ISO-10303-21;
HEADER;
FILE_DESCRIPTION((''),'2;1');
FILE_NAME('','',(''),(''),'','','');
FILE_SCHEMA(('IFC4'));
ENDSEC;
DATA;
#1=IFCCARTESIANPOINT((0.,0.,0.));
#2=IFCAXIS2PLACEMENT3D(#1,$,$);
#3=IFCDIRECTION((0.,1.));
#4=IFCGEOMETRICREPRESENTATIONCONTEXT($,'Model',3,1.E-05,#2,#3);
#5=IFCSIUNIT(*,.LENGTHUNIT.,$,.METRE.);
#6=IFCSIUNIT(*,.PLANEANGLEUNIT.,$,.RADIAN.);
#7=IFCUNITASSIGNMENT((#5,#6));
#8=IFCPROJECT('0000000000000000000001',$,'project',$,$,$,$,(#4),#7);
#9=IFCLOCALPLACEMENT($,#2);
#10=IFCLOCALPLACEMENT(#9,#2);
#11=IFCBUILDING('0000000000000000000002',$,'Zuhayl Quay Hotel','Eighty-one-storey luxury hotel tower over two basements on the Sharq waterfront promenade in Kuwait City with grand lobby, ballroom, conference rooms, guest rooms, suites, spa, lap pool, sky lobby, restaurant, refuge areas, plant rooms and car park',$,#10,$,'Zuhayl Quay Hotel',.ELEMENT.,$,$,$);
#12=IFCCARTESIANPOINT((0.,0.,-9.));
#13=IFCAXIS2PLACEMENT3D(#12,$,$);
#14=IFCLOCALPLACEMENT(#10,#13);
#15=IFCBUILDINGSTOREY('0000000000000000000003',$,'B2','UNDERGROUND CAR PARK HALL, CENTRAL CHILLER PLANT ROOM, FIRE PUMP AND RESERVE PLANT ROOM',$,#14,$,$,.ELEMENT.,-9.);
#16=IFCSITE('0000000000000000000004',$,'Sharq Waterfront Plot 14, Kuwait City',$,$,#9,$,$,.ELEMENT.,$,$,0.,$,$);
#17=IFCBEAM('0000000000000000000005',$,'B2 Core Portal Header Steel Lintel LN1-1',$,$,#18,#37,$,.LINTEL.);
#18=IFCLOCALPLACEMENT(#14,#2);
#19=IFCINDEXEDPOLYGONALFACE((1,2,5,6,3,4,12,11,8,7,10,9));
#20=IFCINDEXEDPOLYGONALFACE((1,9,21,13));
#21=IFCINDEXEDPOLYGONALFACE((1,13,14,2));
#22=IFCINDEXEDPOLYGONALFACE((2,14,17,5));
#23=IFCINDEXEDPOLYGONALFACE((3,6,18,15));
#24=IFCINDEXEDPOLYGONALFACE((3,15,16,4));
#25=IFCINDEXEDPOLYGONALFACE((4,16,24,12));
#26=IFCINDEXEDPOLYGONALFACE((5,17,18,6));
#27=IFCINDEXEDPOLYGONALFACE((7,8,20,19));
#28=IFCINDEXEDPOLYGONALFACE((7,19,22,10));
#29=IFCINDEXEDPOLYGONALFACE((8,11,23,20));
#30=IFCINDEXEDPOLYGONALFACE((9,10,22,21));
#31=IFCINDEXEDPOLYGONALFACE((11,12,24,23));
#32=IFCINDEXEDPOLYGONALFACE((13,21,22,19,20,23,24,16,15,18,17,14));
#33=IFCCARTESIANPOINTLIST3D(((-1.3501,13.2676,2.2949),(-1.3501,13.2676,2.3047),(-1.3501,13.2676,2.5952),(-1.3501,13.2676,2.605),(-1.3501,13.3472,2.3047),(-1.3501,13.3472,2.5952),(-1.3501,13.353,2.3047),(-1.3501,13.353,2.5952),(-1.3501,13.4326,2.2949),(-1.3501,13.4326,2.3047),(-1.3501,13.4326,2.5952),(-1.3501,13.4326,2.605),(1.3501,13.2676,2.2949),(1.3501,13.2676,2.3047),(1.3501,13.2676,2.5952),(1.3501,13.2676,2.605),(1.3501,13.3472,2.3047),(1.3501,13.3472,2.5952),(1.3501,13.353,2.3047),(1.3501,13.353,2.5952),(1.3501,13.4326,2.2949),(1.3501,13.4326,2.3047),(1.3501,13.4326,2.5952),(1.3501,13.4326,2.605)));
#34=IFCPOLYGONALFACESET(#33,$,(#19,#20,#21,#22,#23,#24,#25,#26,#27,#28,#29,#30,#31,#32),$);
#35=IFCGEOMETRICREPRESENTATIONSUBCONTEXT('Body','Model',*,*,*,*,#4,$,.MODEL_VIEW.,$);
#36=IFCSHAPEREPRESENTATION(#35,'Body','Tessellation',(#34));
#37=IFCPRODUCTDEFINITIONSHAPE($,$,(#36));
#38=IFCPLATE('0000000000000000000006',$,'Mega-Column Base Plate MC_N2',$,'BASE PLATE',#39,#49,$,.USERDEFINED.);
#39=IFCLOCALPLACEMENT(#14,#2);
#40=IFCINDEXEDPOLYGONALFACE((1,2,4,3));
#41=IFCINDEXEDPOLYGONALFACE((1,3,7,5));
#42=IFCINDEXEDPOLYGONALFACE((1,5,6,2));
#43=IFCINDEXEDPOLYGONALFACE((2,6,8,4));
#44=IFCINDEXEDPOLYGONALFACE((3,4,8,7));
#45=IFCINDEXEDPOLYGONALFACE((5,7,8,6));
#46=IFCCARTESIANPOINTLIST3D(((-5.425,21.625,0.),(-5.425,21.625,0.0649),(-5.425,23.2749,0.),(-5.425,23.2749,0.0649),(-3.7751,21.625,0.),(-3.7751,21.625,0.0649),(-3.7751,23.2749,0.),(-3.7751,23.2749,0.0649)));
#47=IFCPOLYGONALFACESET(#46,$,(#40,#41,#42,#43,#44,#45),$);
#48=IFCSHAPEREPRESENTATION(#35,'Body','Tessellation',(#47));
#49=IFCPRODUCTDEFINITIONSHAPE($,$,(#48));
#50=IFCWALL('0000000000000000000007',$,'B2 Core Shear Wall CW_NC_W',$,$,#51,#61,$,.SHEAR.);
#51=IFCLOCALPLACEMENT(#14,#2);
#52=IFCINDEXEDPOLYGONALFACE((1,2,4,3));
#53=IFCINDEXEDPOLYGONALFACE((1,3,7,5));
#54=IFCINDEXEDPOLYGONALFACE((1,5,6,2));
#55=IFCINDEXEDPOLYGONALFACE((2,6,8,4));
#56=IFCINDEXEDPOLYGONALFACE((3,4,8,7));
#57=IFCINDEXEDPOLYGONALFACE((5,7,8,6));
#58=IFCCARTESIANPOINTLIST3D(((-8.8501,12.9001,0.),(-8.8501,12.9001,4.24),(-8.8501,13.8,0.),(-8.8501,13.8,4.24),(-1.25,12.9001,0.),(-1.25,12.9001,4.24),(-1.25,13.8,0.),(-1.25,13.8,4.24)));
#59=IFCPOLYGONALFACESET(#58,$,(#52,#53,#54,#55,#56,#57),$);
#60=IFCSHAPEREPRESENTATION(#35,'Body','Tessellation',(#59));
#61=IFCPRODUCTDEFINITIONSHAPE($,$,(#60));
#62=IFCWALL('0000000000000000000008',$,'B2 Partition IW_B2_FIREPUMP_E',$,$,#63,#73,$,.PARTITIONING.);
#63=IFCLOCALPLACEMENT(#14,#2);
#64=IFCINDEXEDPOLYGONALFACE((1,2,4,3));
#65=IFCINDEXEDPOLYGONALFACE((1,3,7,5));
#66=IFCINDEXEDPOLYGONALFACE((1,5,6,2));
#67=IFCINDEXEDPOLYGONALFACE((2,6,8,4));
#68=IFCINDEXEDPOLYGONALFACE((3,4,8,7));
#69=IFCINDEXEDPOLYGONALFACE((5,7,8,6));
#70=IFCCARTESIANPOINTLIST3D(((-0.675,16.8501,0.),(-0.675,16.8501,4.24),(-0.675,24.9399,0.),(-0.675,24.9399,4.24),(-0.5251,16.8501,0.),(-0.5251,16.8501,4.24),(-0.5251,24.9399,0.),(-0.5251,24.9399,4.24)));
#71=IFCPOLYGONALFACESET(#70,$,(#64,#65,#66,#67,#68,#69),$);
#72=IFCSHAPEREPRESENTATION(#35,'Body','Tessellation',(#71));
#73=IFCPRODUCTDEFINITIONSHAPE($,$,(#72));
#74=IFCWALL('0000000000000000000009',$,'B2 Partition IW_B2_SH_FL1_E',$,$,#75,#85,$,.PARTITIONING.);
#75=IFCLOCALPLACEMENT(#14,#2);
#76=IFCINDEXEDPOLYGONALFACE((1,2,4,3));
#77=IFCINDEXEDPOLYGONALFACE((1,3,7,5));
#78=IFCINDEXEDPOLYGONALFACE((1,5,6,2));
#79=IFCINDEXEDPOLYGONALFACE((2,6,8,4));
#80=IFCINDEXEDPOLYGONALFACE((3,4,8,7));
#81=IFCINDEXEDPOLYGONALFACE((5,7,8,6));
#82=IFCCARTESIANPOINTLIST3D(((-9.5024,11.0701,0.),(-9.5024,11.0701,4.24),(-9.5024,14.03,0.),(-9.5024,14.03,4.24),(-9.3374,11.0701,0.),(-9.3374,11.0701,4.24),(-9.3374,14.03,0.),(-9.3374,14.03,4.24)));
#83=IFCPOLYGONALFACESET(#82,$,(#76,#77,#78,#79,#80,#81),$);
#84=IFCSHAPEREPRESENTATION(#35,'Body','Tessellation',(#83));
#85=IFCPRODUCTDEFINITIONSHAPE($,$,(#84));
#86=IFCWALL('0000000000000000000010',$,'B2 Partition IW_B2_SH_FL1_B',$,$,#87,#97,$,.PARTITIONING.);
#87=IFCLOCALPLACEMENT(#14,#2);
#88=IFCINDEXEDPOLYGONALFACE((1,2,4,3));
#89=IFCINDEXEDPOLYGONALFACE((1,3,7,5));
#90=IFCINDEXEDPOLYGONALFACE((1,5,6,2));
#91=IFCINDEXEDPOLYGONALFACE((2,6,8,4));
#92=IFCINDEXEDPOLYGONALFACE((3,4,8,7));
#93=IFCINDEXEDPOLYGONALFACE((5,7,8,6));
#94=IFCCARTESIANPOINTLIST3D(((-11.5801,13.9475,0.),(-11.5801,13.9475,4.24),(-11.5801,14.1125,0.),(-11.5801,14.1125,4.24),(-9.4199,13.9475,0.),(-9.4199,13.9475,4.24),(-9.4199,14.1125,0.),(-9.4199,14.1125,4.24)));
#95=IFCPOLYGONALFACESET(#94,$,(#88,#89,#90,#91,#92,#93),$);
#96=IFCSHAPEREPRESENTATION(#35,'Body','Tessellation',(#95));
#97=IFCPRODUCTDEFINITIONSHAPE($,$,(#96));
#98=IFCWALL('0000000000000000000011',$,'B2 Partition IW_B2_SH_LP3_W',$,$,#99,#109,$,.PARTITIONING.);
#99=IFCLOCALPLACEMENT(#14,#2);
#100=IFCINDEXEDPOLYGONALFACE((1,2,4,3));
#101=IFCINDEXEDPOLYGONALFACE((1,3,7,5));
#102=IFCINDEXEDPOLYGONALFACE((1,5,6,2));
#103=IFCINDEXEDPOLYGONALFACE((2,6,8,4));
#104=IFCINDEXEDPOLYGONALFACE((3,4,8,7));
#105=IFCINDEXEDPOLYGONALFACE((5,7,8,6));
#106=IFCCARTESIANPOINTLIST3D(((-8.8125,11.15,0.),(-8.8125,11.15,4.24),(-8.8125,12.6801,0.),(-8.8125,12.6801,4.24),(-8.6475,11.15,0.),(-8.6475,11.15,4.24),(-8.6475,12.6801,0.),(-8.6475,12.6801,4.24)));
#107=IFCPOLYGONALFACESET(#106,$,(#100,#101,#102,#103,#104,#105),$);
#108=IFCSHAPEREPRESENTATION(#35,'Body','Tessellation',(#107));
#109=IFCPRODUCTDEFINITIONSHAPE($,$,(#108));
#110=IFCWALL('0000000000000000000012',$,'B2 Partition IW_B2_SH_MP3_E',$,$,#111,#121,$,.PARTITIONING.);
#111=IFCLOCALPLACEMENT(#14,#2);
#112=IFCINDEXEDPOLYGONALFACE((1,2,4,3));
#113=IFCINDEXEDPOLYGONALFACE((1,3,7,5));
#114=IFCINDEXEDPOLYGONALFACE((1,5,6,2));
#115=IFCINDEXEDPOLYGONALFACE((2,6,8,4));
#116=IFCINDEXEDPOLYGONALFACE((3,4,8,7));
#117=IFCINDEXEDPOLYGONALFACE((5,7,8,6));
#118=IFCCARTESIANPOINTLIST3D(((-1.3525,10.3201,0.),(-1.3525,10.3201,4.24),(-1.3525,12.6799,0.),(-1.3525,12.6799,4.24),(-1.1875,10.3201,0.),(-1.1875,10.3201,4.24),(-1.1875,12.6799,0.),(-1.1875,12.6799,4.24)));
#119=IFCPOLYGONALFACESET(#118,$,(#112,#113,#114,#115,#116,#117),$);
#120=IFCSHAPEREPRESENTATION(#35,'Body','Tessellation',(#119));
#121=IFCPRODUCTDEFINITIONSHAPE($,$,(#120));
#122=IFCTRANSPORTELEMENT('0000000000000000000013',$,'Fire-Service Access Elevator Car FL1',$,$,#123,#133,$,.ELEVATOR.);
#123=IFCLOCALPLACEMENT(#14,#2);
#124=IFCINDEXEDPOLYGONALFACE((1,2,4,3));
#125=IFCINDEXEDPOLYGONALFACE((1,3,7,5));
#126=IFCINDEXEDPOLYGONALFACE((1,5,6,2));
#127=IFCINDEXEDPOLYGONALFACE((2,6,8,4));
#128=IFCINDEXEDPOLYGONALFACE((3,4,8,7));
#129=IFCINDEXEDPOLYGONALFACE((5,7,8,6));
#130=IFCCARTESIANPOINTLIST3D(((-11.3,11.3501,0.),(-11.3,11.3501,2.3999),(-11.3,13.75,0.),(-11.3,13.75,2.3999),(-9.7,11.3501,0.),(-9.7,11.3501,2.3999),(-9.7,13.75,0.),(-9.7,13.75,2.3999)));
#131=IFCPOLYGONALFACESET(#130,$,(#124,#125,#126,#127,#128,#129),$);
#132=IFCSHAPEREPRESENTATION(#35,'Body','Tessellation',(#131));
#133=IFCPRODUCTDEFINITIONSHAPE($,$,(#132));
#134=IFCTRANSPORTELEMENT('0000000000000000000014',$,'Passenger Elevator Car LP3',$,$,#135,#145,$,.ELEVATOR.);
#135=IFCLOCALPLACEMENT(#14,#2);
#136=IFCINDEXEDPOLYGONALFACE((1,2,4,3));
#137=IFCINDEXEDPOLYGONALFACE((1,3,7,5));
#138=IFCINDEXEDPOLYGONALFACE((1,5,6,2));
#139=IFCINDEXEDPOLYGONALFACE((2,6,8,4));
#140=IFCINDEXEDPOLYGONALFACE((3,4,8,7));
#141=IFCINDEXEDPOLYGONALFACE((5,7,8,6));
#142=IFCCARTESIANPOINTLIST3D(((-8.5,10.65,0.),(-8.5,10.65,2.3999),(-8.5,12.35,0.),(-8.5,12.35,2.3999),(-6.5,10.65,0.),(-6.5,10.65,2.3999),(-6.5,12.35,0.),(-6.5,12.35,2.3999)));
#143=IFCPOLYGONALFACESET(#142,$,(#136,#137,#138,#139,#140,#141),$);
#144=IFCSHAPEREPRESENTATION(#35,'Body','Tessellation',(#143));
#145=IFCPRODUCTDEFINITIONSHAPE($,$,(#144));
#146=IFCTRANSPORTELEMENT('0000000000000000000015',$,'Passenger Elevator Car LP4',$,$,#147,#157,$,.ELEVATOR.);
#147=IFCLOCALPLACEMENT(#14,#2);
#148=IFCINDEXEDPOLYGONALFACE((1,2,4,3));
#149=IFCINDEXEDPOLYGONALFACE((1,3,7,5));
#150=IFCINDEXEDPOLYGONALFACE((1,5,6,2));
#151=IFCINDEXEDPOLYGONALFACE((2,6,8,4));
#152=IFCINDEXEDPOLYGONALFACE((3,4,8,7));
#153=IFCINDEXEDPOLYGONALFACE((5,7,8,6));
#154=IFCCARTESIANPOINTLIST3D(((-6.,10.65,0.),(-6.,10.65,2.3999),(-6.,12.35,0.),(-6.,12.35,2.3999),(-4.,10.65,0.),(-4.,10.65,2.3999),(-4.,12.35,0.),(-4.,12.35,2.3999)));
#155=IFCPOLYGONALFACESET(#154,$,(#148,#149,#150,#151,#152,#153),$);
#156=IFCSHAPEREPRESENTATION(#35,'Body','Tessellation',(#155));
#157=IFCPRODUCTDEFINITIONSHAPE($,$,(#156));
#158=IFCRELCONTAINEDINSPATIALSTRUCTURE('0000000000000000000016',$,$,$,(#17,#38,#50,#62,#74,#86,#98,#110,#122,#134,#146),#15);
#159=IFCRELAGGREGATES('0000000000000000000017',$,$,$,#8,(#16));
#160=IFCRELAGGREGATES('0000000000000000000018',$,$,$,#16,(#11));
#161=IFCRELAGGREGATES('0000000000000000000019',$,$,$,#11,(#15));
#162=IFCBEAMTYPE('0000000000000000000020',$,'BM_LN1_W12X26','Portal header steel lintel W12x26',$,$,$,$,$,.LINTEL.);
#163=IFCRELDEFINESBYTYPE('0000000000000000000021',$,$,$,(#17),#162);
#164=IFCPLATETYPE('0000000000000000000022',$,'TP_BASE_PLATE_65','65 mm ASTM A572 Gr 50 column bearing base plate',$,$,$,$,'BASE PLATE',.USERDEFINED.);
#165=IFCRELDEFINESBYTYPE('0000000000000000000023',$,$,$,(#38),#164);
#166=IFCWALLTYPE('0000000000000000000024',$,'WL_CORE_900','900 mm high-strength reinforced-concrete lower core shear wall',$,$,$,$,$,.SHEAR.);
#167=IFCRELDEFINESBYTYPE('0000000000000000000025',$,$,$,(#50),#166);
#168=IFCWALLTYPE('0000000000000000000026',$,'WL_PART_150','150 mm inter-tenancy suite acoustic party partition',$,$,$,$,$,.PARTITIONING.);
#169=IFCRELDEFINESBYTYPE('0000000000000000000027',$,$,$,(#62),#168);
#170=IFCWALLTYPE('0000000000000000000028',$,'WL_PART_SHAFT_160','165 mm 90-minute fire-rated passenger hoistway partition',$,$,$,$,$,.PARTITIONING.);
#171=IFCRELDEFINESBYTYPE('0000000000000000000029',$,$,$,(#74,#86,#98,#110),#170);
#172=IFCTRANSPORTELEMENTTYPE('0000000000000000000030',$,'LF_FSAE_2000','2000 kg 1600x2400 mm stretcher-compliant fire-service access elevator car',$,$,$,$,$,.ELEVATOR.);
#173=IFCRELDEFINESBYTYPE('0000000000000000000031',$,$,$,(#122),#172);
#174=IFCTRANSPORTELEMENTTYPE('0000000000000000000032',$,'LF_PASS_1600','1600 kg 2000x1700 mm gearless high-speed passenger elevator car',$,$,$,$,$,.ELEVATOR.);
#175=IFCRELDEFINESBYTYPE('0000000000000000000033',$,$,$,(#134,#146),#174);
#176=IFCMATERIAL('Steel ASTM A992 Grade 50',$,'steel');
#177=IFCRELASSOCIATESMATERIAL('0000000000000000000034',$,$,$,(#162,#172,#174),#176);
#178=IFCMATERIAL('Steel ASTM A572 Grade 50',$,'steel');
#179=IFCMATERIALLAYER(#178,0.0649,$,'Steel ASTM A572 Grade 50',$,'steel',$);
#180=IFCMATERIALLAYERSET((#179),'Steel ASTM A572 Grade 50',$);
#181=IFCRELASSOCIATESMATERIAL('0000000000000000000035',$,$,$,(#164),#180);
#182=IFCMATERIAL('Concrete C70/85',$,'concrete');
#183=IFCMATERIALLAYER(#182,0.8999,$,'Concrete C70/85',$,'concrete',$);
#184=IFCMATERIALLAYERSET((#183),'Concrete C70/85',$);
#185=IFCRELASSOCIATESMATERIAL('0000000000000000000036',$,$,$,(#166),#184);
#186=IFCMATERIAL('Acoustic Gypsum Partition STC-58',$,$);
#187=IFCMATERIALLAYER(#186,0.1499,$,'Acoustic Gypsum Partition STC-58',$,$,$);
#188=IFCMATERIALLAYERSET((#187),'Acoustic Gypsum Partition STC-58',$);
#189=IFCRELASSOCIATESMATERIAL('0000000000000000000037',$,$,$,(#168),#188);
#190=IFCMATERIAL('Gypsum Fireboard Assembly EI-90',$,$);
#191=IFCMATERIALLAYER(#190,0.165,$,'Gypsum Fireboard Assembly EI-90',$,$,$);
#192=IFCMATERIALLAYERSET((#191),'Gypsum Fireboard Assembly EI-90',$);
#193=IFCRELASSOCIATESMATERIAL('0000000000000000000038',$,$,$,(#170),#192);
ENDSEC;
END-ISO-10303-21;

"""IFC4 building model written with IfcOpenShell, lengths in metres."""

from ifc_helpers import new_model, si_unit, direction, frame, frame_2d, origin, origin_2d, place, context, subcontext, project, spatial, rectangle, i_section, extrude, material, layer, layer_set, material_profile, profile_set, type_object, element, save


model = new_model("IFC4")

# Units and contexts
model_context = context("Model", 3, precision=1e-05, world=origin(), true_north=direction((0.0, 1.0)))
body_context = subcontext(model_context, "Body", "Model", "MODEL_VIEW")
ifc_project = project(units=[si_unit("LENGTHUNIT", "METRE"), si_unit("PLANEANGLEUNIT", "RADIAN")], contexts=[model_context])

# Site, building, storey
site_placement = place(None, origin())
site = spatial("IfcSite", under=ifc_project, at=site_placement, Name="Sharq Waterfront Plot 14, Kuwait City", CompositionType="ELEMENT", RefElevation=0.0)
building_placement = place(site_placement, origin())
building = spatial("IfcBuilding", under=site, at=building_placement, Name="Zuhayl Quay Hotel", Description="Eighty-one-storey luxury hotel tower over two basements on the Sharq waterfront promenade in Kuwait City with grand lobby, ballroom, conference rooms, guest rooms, suites, spa, lap pool, sky lobby, restaurant, refuge areas, plant rooms and car park", LongName="Zuhayl Quay Hotel", CompositionType="ELEMENT")
storey_placement = place(building_placement, frame((0.0, 0.0, -9.0)))
storey = spatial("IfcBuildingStorey", under=building, at=storey_placement, Name="B2", Description="UNDERGROUND CAR PARK HALL, CENTRAL CHILLER PLANT ROOM, FIRE PUMP AND RESERVE PLANT ROOM", CompositionType="ELEMENT", Elevation=-9.0)

# Shared definitions
ifc_material_1 = material(Name="Concrete C70/85", Category="concrete")

# Beam
ifc_material_2 = material(Name="Steel ASTM A992 Grade 50", Category="steel")
ifc_material_profile_1 = material_profile(ifc_material_2, i_section(OverallWidth=0.165, OverallDepth=0.3101, WebThickness=0.0059, FlangeThickness=0.0098, at=origin_2d()), Name="W12X26")
ifc_profile_set_1 = profile_set([ifc_material_profile_1], Name="Steel ASTM A992 Grade 50")
beam_type = type_object("IfcBeamType", Name="BM_LN1_W12X26", Description="Portal header steel lintel W12x26", PredefinedType="LINTEL", material=ifc_profile_set_1)
beam_placement = place(storey_placement, frame((-1.3501, 13.3501, 2.45), z_axis=(1.0, 0.0, 0.0), x_axis=(0.0, 1.0, 0.0)))
element("IfcBeam", 1, at=beam_placement, inside=storey, type_object=beam_type, Name="B2 Core Portal Header Steel Lintel LN1-1", PredefinedType="LINTEL", context=body_context, shape_type="SweptSolid", body=[
    extrude(i_section(OverallWidth=0.165, OverallDepth=0.3101, WebThickness=0.0059, FlangeThickness=0.0098, at=origin_2d()), origin(), (0.0, 0.0, 1.0), 2.7002),
])

# Plate
ifc_material_3 = material(Name="Steel ASTM A572 Grade 50", Category="steel")
ifc_layer_1 = layer(ifc_material_3, 0.0649, Name="Steel ASTM A572 Grade 50", Category="steel")
ifc_layer_set_1 = layer_set([ifc_layer_1], Name="Steel ASTM A572 Grade 50")
plate_type = type_object("IfcPlateType", Name="TP_BASE_PLATE_65", Description="65 mm ASTM A572 Gr 50 column bearing base plate", ElementType="BASE PLATE", PredefinedType="USERDEFINED", material=ifc_layer_set_1)
plate_placement = place(storey_placement, frame((-4.6001, 22.45, 0.0), z_axis=(0.0, 0.0, 1.0), x_axis=(1.0, 0.0, 0.0)))
element("IfcPlate", 2, at=plate_placement, inside=storey, type_object=plate_type, Name="Mega-Column Base Plate MC_N2", ObjectType="BASE PLATE", PredefinedType="USERDEFINED", context=body_context, shape_type="SweptSolid", body=[
    extrude(rectangle(XDim=1.6499, YDim=1.6499, at=origin_2d()), origin(), (0.0, 0.0, 1.0), 0.0649),
])

# Walls
ifc_layer_2 = layer(ifc_material_1, 0.8999, Name="Concrete C70/85", Category="concrete")
ifc_layer_set_2 = layer_set([ifc_layer_2], Name="Concrete C70/85")
wall_type_1 = type_object("IfcWallType", Name="WL_CORE_900", Description="900 mm high-strength reinforced-concrete lower core shear wall", PredefinedType="SHEAR", material=ifc_layer_set_2)
wall_1_placement = place(storey_placement, frame((-8.8501, 13.3501, 0.0), z_axis=(0.0, 0.0, 1.0), x_axis=(1.0, 0.0, 0.0)))
element("IfcWall", 3, at=wall_1_placement, inside=storey, type_object=wall_type_1, Name="B2 Core Shear Wall CW_NC_W", PredefinedType="SHEAR", context=body_context, shape_type="SweptSolid", body=[
    extrude(rectangle(XDim=7.6001, YDim=0.8999, at=frame_2d((3.8, 0.0))), origin(), (0.0, 0.0, 1.0), 4.24),
])
ifc_material_4 = material(Name="Acoustic Gypsum Partition STC-58")
ifc_layer_3 = layer(ifc_material_4, 0.1499, Name="Acoustic Gypsum Partition STC-58")
ifc_layer_set_3 = layer_set([ifc_layer_3], Name="Acoustic Gypsum Partition STC-58")
wall_type_2 = type_object("IfcWallType", Name="WL_PART_150", Description="150 mm inter-tenancy suite acoustic party partition", PredefinedType="PARTITIONING", material=ifc_layer_set_3)
wall_2_placement = place(storey_placement, frame((-0.6001, 16.8501, 0.0), z_axis=(0.0, 0.0, 1.0), x_axis=(0.0, 1.0, 0.0)))
element("IfcWall", 4, at=wall_2_placement, inside=storey, type_object=wall_type_2, Name="B2 Partition IW_B2_FIREPUMP_E", PredefinedType="PARTITIONING", context=body_context, shape_type="SweptSolid", body=[
    extrude(rectangle(XDim=8.0898, YDim=0.1499, at=frame_2d((4.0449, 0.0))), origin(), (0.0, 0.0, 1.0), 4.24),
])
ifc_material_5 = material(Name="Gypsum Fireboard Assembly EI-90")
ifc_layer_4 = layer(ifc_material_5, 0.165, Name="Gypsum Fireboard Assembly EI-90")
ifc_layer_set_4 = layer_set([ifc_layer_4], Name="Gypsum Fireboard Assembly EI-90")
wall_type_3 = type_object("IfcWallType", Name="WL_PART_SHAFT_160", Description="165 mm 90-minute fire-rated passenger hoistway partition", PredefinedType="PARTITIONING", material=ifc_layer_set_4)
wall_3_placement = place(storey_placement, frame((-9.4199, 11.0701, 0.0), z_axis=(0.0, 0.0, 1.0), x_axis=(0.0, 1.0, 0.0)))
element("IfcWall", 5, at=wall_3_placement, inside=storey, type_object=wall_type_3, Name="B2 Partition IW_B2_SH_FL1_E", PredefinedType="PARTITIONING", context=body_context, shape_type="SweptSolid", body=[
    extrude(rectangle(XDim=2.96, YDim=0.165, at=frame_2d((1.48, 0.0))), origin(), (0.0, 0.0, 1.0), 4.24),
])
wall_4_placement = place(storey_placement, frame((-11.5801, 14.03, 0.0), z_axis=(0.0, 0.0, 1.0), x_axis=(1.0, 0.0, 0.0)))
element("IfcWall", 6, at=wall_4_placement, inside=storey, type_object=wall_type_3, Name="B2 Partition IW_B2_SH_FL1_B", PredefinedType="PARTITIONING", context=body_context, shape_type="SweptSolid", body=[
    extrude(rectangle(XDim=2.1602, YDim=0.165, at=frame_2d((1.0801, 0.0))), origin(), (0.0, 0.0, 1.0), 4.24),
])
wall_5_placement = place(storey_placement, frame((-8.73, 11.1499, 0.0), z_axis=(0.0, 0.0, 1.0), x_axis=(0.0, 1.0, 0.0)))
element("IfcWall", 7, at=wall_5_placement, inside=storey, type_object=wall_type_3, Name="B2 Partition IW_B2_SH_LP3_W", PredefinedType="PARTITIONING", context=body_context, shape_type="SweptSolid", body=[
    extrude(rectangle(XDim=1.53, YDim=0.165, at=frame_2d((0.7651, 0.0))), origin(), (0.0, 0.0, 1.0), 4.24),
])
wall_6_placement = place(storey_placement, frame((-1.27, 10.3201, 0.0), z_axis=(0.0, 0.0, 1.0), x_axis=(0.0, 1.0, 0.0)))
element("IfcWall", 8, at=wall_6_placement, inside=storey, type_object=wall_type_3, Name="B2 Partition IW_B2_SH_MP3_E", PredefinedType="PARTITIONING", context=body_context, shape_type="SweptSolid", body=[
    extrude(rectangle(XDim=2.3599, YDim=0.165, at=frame_2d((1.1799, 0.0))), origin(), (0.0, 0.0, 1.0), 4.24),
])

# Transport elements
transport_element_type_1 = type_object("IfcTransportElementType", Name="LF_FSAE_2000", Description="2000 kg 1600x2400 mm stretcher-compliant fire-service access elevator car", PredefinedType="ELEVATOR", material=ifc_material_2)
transport_element_placement = place(storey_placement, frame((-10.5, 12.55, 0.0), z_axis=(0.0, 0.0, 1.0), x_axis=(1.0, 0.0, 0.0)))
element("IfcTransportElement", 9, at=transport_element_placement, inside=storey, type_object=transport_element_type_1, Name="Fire-Service Access Elevator Car FL1", PredefinedType="ELEVATOR", context=body_context, shape_type="SweptSolid", body=[
    extrude(rectangle(XDim=1.6001, YDim=2.3999, at=origin_2d()), origin(), (0.0, 0.0, 1.0), 2.3999),
])
transport_element_type_2 = type_object("IfcTransportElementType", Name="LF_PASS_1600", Description="1600 kg 2000x1700 mm gearless high-speed passenger elevator car", PredefinedType="ELEVATOR", material=ifc_material_2)
for number, where, z_axis, x_axis, name in (
    (10, (-7.5, 11.5, 0.0), (0.0, 0.0, 1.0), (1.0, 0.0, 0.0), "Passenger Elevator Car LP3"),
    (11, (-5.0, 11.5, 0.0), (0.0, 0.0, 1.0), (1.0, 0.0, 0.0), "Passenger Elevator Car LP4"),
):
    element("IfcTransportElement", number, at=place(storey_placement, frame(where, z_axis=z_axis, x_axis=x_axis)), inside=storey, type_object=transport_element_type_2, Name=name, PredefinedType="ELEVATOR", context=body_context, shape_type="SweptSolid", body=[
        extrude(rectangle(XDim=2.0, YDim=1.7, at=origin_2d()), origin(), (0.0, 0.0, 1.0), 2.3999),
    ])

save(model, "model.ifc")
